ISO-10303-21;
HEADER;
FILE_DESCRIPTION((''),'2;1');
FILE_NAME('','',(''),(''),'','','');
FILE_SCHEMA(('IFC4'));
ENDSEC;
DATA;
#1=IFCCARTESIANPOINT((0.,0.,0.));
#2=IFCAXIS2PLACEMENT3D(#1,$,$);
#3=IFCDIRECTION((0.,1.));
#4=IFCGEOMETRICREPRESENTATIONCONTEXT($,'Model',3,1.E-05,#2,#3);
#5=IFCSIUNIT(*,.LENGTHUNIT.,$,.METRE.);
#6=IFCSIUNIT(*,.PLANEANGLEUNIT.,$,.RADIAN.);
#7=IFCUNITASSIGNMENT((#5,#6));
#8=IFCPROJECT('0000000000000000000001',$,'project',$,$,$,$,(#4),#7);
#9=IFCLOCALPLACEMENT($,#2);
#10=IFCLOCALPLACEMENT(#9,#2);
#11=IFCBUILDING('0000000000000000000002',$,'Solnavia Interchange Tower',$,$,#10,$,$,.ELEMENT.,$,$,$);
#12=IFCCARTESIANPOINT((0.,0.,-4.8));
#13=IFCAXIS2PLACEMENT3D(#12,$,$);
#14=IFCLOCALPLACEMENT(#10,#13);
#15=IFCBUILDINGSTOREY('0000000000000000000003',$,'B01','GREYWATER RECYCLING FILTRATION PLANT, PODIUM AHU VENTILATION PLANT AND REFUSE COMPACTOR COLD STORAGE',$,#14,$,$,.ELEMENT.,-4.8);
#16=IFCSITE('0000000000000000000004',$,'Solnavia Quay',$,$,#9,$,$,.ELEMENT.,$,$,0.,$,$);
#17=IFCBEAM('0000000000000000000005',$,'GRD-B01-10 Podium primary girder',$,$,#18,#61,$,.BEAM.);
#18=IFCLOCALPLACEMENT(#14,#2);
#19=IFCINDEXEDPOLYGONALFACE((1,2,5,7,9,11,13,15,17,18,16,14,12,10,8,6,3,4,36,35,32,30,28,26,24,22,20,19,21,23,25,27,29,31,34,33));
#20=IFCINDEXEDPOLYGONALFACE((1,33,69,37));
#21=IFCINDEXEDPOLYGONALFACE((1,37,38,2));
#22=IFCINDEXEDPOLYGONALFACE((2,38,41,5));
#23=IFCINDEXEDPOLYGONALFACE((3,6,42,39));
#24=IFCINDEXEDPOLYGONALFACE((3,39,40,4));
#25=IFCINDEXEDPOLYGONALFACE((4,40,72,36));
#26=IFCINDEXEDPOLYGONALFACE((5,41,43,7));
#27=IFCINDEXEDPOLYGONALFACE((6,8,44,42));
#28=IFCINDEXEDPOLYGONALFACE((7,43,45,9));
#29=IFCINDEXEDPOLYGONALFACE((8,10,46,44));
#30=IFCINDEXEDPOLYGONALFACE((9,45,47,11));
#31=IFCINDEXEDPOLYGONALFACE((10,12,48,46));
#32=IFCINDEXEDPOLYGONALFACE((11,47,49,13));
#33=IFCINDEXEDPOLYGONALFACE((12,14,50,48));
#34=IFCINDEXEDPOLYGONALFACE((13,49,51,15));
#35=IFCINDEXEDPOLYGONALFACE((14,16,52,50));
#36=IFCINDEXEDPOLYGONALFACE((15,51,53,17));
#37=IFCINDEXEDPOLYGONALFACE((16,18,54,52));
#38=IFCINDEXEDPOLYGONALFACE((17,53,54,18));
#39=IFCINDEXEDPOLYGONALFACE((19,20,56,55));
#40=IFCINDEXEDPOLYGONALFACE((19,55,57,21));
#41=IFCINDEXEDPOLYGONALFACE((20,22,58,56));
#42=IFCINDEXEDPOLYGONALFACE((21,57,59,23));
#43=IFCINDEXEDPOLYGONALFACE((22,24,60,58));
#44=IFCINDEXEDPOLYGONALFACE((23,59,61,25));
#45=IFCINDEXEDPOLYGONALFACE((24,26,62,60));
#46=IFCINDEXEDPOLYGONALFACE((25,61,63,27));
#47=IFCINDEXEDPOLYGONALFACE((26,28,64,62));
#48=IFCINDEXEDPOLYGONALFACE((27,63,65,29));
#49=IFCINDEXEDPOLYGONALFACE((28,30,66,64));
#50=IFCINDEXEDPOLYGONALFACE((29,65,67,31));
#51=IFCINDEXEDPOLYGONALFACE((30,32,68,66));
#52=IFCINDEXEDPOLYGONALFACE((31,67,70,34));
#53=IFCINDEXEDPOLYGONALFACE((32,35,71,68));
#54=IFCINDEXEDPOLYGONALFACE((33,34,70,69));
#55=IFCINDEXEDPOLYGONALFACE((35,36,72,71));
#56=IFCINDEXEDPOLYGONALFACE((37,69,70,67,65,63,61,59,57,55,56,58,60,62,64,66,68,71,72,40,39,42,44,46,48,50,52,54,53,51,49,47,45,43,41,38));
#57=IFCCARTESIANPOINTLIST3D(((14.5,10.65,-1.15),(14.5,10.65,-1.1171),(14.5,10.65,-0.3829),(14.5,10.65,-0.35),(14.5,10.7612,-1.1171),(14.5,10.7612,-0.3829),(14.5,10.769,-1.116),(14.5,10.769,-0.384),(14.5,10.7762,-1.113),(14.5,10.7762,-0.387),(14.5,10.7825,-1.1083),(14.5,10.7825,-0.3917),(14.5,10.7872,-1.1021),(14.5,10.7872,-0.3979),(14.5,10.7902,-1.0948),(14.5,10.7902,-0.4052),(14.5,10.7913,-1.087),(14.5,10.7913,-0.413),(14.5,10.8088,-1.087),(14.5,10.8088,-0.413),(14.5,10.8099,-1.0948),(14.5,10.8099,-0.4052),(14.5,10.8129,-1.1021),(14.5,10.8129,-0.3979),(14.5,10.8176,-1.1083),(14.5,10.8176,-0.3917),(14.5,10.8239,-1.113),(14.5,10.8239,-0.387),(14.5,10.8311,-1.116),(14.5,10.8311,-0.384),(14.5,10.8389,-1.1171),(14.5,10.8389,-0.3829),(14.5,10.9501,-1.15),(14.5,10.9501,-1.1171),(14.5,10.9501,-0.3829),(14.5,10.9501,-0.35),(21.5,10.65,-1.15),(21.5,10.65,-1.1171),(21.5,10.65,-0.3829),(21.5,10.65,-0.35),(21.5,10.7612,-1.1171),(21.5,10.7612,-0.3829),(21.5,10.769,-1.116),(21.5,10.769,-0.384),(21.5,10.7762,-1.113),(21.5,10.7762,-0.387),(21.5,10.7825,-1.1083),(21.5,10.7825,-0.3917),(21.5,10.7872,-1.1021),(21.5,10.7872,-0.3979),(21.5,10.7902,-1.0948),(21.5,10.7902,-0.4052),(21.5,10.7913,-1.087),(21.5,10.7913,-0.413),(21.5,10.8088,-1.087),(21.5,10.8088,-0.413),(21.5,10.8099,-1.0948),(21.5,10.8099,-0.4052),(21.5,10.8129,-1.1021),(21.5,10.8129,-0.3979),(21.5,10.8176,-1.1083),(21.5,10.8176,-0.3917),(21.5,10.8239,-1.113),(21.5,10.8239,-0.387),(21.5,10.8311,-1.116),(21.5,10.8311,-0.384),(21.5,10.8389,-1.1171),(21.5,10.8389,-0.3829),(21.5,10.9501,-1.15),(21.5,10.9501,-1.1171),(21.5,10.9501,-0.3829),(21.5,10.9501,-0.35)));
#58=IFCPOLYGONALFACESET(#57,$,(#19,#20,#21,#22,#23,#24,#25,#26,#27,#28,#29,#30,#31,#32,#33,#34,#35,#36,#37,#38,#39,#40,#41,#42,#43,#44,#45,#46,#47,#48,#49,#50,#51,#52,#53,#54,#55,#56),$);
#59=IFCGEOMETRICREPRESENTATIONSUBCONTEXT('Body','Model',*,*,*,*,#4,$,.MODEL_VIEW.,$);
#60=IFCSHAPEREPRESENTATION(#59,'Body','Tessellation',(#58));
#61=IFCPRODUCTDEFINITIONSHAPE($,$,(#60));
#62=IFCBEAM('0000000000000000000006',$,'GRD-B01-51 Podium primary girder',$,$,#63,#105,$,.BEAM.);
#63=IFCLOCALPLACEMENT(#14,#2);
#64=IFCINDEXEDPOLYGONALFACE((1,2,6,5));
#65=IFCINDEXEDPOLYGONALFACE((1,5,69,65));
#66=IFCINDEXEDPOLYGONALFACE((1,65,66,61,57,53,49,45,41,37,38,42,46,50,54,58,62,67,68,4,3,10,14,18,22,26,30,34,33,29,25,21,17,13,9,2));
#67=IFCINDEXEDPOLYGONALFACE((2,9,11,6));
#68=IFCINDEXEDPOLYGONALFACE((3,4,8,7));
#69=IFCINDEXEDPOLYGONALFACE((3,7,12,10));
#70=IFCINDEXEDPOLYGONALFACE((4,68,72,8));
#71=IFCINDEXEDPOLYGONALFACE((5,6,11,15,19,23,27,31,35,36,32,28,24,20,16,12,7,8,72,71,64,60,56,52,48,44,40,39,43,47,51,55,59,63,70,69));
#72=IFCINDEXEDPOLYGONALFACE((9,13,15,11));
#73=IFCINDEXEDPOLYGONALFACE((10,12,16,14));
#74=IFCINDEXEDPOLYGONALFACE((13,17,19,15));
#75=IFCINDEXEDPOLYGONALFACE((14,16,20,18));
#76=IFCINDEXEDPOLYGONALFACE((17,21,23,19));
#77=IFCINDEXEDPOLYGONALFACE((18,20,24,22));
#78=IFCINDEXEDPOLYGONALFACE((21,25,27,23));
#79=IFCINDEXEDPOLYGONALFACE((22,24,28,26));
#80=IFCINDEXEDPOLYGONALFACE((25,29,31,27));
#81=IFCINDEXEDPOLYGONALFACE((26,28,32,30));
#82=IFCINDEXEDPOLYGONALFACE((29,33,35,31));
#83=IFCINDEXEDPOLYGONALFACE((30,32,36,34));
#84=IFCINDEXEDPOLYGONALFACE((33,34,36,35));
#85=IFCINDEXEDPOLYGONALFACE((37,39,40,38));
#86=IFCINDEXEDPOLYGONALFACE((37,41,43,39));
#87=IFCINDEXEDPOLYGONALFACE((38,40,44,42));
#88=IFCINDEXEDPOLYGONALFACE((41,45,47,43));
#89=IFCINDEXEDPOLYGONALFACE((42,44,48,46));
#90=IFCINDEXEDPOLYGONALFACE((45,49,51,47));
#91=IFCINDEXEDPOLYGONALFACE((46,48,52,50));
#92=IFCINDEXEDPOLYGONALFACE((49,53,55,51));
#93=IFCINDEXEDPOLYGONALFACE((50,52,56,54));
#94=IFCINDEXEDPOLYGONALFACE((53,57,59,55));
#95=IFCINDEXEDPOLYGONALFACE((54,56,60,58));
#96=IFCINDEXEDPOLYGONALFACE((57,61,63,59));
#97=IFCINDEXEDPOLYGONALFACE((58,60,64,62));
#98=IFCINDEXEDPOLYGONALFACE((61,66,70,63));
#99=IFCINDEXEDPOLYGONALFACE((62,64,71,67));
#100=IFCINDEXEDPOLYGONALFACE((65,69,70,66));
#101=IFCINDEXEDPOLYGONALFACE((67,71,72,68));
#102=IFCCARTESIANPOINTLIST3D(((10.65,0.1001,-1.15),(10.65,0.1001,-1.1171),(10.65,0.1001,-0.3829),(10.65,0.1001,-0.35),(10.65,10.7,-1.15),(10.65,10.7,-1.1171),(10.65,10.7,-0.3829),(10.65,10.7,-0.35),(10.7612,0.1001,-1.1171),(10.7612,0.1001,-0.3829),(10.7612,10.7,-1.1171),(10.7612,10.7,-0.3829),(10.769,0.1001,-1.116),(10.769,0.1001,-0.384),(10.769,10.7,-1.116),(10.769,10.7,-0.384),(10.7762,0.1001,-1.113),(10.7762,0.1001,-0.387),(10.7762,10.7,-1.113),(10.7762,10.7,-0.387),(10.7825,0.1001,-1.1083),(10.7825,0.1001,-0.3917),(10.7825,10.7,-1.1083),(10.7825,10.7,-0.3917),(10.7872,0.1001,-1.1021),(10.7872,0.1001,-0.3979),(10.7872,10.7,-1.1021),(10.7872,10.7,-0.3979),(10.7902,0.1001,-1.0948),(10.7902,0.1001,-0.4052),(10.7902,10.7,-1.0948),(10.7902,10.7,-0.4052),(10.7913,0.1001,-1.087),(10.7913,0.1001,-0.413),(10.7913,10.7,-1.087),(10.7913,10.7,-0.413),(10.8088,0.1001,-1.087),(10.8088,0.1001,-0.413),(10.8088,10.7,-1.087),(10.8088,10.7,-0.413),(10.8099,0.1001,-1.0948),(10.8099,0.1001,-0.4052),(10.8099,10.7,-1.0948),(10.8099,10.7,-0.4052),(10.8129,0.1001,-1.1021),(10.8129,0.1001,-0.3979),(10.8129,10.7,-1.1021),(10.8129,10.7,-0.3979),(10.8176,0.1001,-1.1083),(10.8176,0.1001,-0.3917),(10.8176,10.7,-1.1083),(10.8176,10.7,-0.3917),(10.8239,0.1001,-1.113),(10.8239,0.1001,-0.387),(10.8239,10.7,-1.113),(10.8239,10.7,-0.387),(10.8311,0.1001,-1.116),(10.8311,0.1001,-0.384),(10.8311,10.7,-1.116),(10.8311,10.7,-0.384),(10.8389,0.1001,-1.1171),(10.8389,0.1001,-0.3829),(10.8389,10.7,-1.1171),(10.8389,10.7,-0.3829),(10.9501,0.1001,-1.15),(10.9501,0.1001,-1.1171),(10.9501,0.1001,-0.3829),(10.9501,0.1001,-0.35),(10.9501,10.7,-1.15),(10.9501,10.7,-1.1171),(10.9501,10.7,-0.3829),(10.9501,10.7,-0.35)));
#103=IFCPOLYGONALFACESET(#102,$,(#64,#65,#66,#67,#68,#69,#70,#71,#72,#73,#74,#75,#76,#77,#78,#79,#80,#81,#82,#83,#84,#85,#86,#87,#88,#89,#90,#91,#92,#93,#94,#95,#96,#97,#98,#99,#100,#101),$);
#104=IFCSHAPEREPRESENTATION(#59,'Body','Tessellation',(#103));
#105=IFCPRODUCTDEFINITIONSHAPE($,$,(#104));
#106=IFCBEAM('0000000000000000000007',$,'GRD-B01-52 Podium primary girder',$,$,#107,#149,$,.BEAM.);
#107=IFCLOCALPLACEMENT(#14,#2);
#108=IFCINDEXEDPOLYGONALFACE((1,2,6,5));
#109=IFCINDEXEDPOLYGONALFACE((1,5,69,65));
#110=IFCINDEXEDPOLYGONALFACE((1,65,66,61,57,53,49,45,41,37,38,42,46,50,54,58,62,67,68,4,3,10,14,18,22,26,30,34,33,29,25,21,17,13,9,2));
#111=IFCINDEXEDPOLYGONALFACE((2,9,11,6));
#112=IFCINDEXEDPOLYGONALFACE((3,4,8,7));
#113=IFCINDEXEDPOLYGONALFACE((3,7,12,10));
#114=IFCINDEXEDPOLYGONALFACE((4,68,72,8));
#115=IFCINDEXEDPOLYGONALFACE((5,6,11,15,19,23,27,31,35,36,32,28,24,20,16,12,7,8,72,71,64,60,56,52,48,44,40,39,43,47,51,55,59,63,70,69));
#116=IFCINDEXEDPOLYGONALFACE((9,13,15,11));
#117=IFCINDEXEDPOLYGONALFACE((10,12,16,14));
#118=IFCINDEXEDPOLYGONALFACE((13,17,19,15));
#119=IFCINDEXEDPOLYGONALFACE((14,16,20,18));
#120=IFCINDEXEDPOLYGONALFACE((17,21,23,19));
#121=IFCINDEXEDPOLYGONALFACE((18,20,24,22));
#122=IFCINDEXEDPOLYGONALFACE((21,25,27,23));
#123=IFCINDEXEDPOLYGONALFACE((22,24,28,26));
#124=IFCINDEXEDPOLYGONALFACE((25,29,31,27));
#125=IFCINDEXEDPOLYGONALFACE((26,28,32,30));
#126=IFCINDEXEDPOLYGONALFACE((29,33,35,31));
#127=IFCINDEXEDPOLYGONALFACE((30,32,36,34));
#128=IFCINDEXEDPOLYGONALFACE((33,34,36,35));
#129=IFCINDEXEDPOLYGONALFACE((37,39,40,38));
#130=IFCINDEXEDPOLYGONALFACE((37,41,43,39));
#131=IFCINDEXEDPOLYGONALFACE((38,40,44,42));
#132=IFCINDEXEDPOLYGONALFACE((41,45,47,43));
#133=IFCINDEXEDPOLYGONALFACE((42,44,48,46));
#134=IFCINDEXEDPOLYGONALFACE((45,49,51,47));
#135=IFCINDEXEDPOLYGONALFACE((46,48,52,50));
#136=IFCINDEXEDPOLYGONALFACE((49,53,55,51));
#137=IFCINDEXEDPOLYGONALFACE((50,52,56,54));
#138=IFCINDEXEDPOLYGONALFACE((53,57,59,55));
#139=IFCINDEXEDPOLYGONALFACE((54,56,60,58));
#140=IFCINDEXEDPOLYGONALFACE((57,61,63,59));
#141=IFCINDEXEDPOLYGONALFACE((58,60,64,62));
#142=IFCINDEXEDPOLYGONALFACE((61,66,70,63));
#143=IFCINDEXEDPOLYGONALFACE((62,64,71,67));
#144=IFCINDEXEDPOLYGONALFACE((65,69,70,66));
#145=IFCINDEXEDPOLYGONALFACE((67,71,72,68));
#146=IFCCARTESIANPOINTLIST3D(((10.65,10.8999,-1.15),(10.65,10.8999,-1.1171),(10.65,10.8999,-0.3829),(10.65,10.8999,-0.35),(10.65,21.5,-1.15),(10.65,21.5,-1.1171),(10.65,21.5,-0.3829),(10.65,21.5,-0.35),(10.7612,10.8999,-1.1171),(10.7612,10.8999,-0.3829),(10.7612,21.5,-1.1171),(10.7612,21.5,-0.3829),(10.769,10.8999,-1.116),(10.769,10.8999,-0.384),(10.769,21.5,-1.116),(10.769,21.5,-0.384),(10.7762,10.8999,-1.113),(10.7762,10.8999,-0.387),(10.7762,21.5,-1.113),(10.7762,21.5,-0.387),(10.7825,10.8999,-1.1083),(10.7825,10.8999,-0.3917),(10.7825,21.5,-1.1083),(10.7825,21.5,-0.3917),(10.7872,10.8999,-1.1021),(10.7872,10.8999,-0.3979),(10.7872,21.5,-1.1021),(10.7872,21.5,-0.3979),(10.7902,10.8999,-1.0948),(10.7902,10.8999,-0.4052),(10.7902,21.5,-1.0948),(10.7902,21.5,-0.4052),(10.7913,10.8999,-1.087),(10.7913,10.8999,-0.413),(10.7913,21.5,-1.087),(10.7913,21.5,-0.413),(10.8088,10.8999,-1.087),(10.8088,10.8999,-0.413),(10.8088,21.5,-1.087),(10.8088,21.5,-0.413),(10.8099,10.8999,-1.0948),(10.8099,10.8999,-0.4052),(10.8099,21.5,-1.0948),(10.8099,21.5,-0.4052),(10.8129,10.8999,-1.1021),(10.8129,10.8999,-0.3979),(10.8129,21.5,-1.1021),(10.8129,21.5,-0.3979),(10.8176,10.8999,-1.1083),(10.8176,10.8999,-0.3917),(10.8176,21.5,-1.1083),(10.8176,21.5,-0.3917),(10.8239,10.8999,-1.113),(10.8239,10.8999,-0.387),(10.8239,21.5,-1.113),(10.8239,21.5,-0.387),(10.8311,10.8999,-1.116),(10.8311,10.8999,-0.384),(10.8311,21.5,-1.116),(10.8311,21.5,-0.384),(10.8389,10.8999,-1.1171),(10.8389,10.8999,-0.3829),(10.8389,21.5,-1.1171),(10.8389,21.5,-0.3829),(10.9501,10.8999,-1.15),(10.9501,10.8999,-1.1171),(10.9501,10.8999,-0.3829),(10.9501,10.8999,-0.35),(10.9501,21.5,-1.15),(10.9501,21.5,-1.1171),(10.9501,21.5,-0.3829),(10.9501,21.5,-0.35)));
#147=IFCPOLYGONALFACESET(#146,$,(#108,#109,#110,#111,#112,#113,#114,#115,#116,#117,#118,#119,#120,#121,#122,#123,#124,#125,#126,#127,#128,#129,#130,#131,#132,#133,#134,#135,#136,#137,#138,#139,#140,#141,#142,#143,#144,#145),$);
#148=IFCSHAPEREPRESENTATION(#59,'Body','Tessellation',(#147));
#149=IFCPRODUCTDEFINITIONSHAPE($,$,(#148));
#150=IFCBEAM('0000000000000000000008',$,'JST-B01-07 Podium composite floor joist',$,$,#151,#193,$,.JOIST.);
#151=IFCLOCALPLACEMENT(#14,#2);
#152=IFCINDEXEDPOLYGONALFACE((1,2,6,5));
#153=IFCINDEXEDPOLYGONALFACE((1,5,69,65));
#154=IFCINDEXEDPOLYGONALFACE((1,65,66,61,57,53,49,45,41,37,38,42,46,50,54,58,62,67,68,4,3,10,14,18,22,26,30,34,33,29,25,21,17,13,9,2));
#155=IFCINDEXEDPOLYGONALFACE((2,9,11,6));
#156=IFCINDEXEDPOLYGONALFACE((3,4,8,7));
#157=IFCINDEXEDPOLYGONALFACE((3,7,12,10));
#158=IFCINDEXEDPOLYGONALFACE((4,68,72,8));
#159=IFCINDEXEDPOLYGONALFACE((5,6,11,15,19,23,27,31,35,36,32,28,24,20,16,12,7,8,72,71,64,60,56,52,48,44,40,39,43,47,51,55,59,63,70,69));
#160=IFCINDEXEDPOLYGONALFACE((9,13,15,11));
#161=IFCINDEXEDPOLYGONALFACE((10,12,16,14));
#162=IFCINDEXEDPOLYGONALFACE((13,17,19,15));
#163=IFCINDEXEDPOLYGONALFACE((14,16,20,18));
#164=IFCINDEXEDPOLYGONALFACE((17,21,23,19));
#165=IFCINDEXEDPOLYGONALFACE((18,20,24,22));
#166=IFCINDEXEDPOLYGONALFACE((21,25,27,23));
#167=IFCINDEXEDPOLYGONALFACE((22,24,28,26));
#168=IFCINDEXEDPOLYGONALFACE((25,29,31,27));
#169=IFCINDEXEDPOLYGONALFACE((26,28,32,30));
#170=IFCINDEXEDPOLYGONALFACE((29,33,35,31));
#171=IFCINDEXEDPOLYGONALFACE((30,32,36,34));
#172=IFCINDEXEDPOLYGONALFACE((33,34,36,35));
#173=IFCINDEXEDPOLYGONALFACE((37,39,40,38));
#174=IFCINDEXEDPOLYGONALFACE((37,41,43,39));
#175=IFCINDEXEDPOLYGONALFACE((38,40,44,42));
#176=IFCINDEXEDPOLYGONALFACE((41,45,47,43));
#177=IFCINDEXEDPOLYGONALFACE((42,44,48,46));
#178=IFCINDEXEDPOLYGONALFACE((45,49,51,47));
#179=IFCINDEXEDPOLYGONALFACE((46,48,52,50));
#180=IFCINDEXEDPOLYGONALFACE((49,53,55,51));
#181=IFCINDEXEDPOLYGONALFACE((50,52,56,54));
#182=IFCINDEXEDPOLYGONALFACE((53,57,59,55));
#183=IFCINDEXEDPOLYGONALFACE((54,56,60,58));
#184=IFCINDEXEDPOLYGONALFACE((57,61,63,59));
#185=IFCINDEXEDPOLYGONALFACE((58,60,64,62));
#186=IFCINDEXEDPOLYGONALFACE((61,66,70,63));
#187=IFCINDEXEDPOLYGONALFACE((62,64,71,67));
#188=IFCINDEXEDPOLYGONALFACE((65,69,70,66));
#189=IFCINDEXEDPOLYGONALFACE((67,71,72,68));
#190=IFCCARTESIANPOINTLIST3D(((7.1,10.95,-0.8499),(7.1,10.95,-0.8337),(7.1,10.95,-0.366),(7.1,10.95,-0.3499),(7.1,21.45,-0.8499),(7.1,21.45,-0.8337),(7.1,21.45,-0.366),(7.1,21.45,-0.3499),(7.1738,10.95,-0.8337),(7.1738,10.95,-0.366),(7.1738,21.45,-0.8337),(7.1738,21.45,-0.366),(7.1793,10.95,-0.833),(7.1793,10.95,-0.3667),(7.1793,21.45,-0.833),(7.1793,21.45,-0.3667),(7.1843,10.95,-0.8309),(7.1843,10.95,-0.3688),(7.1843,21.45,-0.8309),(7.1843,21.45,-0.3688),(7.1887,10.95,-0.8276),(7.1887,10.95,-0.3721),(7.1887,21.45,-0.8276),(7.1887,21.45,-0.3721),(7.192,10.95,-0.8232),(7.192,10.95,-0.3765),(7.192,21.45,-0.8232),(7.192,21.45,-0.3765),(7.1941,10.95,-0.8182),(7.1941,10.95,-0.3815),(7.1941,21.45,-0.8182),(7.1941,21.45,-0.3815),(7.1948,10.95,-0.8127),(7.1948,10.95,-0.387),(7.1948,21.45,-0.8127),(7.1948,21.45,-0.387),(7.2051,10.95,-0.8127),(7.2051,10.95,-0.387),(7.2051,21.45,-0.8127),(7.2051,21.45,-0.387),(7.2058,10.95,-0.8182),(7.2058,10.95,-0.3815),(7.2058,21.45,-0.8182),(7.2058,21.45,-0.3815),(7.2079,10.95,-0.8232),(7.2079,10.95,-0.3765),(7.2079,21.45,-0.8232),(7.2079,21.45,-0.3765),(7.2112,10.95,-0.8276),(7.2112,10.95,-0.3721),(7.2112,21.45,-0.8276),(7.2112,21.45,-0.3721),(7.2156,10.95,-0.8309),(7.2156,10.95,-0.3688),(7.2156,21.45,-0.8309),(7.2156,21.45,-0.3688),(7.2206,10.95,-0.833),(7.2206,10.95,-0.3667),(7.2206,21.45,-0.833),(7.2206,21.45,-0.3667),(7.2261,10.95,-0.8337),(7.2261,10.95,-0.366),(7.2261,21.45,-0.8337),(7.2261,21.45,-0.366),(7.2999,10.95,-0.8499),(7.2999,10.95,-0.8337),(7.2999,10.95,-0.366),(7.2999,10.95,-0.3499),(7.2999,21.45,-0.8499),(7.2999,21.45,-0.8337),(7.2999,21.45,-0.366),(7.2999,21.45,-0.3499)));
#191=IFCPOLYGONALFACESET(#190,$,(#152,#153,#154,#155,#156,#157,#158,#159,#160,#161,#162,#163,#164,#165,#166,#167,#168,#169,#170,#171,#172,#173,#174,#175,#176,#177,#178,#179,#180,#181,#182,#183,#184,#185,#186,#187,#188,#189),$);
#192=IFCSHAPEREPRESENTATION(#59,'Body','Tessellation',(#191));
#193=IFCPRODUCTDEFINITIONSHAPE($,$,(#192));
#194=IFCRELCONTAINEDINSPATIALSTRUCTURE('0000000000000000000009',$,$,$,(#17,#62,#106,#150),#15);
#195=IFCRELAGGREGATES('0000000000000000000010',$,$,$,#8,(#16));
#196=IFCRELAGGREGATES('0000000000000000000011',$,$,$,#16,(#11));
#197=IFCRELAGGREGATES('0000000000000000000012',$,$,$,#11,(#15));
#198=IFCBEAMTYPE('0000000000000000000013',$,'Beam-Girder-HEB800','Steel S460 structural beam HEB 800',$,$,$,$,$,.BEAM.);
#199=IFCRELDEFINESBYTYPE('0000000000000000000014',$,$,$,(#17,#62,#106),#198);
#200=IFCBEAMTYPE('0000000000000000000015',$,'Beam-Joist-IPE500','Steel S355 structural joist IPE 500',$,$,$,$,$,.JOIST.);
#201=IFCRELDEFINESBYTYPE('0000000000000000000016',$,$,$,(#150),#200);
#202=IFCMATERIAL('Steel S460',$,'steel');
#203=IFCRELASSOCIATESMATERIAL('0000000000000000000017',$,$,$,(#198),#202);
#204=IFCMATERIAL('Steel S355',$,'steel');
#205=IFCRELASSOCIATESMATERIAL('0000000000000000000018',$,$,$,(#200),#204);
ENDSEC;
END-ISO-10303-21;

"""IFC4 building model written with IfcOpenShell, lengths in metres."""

from ifc_helpers import new_model, si_unit, direction, frame, origin, origin_2d, place, context, subcontext, project, spatial, i_section, extrude, material, material_profile, profile_set, type_object, element, save


model = new_model("IFC4")

# Units and contexts
model_context = context("Model", 3, precision=1e-05, world=origin(), true_north=direction((0.0, 1.0)))
body_context = subcontext(model_context, "Body", "Model", "MODEL_VIEW")
ifc_project = project(units=[si_unit("LENGTHUNIT", "METRE"), si_unit("PLANEANGLEUNIT", "RADIAN")], contexts=[model_context])

# Site, building, storey
site_placement = place(None, origin())
site = spatial("IfcSite", under=ifc_project, at=site_placement, Name="Solnavia Quay", CompositionType="ELEMENT", RefElevation=0.0)
building_placement = place(site_placement, origin())
building = spatial("IfcBuilding", under=site, at=building_placement, Name="Solnavia Interchange Tower", CompositionType="ELEMENT")
storey_placement = place(building_placement, frame((0.0, 0.0, -4.8)))
storey = spatial("IfcBuildingStorey", under=building, at=storey_placement, Name="B01", Description="GREYWATER RECYCLING FILTRATION PLANT, PODIUM AHU VENTILATION PLANT AND REFUSE COMPACTOR COLD STORAGE", CompositionType="ELEMENT", Elevation=-4.8)

# Beams
ifc_material_1 = material(Name="Steel S460", Category="steel")
ifc_material_profile_1 = material_profile(ifc_material_1, i_section(OverallWidth=0.3, OverallDepth=0.8, WebThickness=0.0176, FlangeThickness=0.033, FilletRadius=0.03, at=origin_2d()), Name="HEB 800")
ifc_profile_set_1 = profile_set([ifc_material_profile_1], Name="Steel S460")
beam_type_1 = type_object("IfcBeamType", Name="Beam-Girder-HEB800", Description="Steel S460 structural beam HEB 800", PredefinedType="BEAM", material=ifc_profile_set_1)
beam_1_placement = place(storey_placement, frame((14.5, 10.8, -0.75), z_axis=(1.0, 0.0, 0.0), x_axis=(0.0, 1.0, 0.0)))
element("IfcBeam", 1, at=beam_1_placement, inside=storey, type_object=beam_type_1, Name="GRD-B01-10 Podium primary girder", PredefinedType="BEAM", context=body_context, shape_type="SweptSolid", body=[
    extrude(i_section(OverallWidth=0.3, OverallDepth=0.8, WebThickness=0.0176, FlangeThickness=0.033, FilletRadius=0.03, at=origin_2d()), origin(), (0.0, 0.0, 1.0), 7.0),
])
beam_2_placement = place(storey_placement, frame((10.8, 0.1001, -0.75), z_axis=(0.0, 1.0, 0.0), x_axis=(-1.0, 0.0, 0.0)))
element("IfcBeam", 2, at=beam_2_placement, inside=storey, type_object=beam_type_1, Name="GRD-B01-51 Podium primary girder", PredefinedType="BEAM", context=body_context, shape_type="SweptSolid", body=[
    extrude(i_section(OverallWidth=0.3, OverallDepth=0.8, WebThickness=0.0176, FlangeThickness=0.033, FilletRadius=0.03, at=origin_2d()), origin(), (0.0, 0.0, 1.0), 10.5999),
])
beam_3_placement = place(storey_placement, frame((10.8, 10.8999, -0.75), z_axis=(0.0, 1.0, 0.0), x_axis=(-1.0, 0.0, 0.0)))
element("IfcBeam", 3, at=beam_3_placement, inside=storey, type_object=beam_type_1, Name="GRD-B01-52 Podium primary girder", PredefinedType="BEAM", context=body_context, shape_type="SweptSolid", body=[
    extrude(i_section(OverallWidth=0.3, OverallDepth=0.8, WebThickness=0.0176, FlangeThickness=0.033, FilletRadius=0.03, at=origin_2d()), origin(), (0.0, 0.0, 1.0), 10.6001),
])
ifc_material_2 = material(Name="Steel S355", Category="steel")
ifc_material_profile_2 = material_profile(ifc_material_2, i_section(OverallWidth=0.2, OverallDepth=0.5, WebThickness=0.0103, FlangeThickness=0.0161, FilletRadius=0.021, at=origin_2d()), Name="IPE 500")
ifc_profile_set_2 = profile_set([ifc_material_profile_2], Name="Steel S355")
beam_type_2 = type_object("IfcBeamType", Name="Beam-Joist-IPE500", Description="Steel S355 structural joist IPE 500", PredefinedType="JOIST", material=ifc_profile_set_2)
beam_4_placement = place(storey_placement, frame((7.2, 10.95, -0.5999), z_axis=(0.0, 1.0, 0.0), x_axis=(-1.0, 0.0, 0.0)))
element("IfcBeam", 4, at=beam_4_placement, inside=storey, type_object=beam_type_2, Name="JST-B01-07 Podium composite floor joist", PredefinedType="JOIST", context=body_context, shape_type="SweptSolid", body=[
    extrude(i_section(OverallWidth=0.2, OverallDepth=0.5, WebThickness=0.0103, FlangeThickness=0.0161, FilletRadius=0.021, at=origin_2d()), origin(), (0.0, 0.0, 1.0), 10.5),
])

save(model, "model.ifc")
